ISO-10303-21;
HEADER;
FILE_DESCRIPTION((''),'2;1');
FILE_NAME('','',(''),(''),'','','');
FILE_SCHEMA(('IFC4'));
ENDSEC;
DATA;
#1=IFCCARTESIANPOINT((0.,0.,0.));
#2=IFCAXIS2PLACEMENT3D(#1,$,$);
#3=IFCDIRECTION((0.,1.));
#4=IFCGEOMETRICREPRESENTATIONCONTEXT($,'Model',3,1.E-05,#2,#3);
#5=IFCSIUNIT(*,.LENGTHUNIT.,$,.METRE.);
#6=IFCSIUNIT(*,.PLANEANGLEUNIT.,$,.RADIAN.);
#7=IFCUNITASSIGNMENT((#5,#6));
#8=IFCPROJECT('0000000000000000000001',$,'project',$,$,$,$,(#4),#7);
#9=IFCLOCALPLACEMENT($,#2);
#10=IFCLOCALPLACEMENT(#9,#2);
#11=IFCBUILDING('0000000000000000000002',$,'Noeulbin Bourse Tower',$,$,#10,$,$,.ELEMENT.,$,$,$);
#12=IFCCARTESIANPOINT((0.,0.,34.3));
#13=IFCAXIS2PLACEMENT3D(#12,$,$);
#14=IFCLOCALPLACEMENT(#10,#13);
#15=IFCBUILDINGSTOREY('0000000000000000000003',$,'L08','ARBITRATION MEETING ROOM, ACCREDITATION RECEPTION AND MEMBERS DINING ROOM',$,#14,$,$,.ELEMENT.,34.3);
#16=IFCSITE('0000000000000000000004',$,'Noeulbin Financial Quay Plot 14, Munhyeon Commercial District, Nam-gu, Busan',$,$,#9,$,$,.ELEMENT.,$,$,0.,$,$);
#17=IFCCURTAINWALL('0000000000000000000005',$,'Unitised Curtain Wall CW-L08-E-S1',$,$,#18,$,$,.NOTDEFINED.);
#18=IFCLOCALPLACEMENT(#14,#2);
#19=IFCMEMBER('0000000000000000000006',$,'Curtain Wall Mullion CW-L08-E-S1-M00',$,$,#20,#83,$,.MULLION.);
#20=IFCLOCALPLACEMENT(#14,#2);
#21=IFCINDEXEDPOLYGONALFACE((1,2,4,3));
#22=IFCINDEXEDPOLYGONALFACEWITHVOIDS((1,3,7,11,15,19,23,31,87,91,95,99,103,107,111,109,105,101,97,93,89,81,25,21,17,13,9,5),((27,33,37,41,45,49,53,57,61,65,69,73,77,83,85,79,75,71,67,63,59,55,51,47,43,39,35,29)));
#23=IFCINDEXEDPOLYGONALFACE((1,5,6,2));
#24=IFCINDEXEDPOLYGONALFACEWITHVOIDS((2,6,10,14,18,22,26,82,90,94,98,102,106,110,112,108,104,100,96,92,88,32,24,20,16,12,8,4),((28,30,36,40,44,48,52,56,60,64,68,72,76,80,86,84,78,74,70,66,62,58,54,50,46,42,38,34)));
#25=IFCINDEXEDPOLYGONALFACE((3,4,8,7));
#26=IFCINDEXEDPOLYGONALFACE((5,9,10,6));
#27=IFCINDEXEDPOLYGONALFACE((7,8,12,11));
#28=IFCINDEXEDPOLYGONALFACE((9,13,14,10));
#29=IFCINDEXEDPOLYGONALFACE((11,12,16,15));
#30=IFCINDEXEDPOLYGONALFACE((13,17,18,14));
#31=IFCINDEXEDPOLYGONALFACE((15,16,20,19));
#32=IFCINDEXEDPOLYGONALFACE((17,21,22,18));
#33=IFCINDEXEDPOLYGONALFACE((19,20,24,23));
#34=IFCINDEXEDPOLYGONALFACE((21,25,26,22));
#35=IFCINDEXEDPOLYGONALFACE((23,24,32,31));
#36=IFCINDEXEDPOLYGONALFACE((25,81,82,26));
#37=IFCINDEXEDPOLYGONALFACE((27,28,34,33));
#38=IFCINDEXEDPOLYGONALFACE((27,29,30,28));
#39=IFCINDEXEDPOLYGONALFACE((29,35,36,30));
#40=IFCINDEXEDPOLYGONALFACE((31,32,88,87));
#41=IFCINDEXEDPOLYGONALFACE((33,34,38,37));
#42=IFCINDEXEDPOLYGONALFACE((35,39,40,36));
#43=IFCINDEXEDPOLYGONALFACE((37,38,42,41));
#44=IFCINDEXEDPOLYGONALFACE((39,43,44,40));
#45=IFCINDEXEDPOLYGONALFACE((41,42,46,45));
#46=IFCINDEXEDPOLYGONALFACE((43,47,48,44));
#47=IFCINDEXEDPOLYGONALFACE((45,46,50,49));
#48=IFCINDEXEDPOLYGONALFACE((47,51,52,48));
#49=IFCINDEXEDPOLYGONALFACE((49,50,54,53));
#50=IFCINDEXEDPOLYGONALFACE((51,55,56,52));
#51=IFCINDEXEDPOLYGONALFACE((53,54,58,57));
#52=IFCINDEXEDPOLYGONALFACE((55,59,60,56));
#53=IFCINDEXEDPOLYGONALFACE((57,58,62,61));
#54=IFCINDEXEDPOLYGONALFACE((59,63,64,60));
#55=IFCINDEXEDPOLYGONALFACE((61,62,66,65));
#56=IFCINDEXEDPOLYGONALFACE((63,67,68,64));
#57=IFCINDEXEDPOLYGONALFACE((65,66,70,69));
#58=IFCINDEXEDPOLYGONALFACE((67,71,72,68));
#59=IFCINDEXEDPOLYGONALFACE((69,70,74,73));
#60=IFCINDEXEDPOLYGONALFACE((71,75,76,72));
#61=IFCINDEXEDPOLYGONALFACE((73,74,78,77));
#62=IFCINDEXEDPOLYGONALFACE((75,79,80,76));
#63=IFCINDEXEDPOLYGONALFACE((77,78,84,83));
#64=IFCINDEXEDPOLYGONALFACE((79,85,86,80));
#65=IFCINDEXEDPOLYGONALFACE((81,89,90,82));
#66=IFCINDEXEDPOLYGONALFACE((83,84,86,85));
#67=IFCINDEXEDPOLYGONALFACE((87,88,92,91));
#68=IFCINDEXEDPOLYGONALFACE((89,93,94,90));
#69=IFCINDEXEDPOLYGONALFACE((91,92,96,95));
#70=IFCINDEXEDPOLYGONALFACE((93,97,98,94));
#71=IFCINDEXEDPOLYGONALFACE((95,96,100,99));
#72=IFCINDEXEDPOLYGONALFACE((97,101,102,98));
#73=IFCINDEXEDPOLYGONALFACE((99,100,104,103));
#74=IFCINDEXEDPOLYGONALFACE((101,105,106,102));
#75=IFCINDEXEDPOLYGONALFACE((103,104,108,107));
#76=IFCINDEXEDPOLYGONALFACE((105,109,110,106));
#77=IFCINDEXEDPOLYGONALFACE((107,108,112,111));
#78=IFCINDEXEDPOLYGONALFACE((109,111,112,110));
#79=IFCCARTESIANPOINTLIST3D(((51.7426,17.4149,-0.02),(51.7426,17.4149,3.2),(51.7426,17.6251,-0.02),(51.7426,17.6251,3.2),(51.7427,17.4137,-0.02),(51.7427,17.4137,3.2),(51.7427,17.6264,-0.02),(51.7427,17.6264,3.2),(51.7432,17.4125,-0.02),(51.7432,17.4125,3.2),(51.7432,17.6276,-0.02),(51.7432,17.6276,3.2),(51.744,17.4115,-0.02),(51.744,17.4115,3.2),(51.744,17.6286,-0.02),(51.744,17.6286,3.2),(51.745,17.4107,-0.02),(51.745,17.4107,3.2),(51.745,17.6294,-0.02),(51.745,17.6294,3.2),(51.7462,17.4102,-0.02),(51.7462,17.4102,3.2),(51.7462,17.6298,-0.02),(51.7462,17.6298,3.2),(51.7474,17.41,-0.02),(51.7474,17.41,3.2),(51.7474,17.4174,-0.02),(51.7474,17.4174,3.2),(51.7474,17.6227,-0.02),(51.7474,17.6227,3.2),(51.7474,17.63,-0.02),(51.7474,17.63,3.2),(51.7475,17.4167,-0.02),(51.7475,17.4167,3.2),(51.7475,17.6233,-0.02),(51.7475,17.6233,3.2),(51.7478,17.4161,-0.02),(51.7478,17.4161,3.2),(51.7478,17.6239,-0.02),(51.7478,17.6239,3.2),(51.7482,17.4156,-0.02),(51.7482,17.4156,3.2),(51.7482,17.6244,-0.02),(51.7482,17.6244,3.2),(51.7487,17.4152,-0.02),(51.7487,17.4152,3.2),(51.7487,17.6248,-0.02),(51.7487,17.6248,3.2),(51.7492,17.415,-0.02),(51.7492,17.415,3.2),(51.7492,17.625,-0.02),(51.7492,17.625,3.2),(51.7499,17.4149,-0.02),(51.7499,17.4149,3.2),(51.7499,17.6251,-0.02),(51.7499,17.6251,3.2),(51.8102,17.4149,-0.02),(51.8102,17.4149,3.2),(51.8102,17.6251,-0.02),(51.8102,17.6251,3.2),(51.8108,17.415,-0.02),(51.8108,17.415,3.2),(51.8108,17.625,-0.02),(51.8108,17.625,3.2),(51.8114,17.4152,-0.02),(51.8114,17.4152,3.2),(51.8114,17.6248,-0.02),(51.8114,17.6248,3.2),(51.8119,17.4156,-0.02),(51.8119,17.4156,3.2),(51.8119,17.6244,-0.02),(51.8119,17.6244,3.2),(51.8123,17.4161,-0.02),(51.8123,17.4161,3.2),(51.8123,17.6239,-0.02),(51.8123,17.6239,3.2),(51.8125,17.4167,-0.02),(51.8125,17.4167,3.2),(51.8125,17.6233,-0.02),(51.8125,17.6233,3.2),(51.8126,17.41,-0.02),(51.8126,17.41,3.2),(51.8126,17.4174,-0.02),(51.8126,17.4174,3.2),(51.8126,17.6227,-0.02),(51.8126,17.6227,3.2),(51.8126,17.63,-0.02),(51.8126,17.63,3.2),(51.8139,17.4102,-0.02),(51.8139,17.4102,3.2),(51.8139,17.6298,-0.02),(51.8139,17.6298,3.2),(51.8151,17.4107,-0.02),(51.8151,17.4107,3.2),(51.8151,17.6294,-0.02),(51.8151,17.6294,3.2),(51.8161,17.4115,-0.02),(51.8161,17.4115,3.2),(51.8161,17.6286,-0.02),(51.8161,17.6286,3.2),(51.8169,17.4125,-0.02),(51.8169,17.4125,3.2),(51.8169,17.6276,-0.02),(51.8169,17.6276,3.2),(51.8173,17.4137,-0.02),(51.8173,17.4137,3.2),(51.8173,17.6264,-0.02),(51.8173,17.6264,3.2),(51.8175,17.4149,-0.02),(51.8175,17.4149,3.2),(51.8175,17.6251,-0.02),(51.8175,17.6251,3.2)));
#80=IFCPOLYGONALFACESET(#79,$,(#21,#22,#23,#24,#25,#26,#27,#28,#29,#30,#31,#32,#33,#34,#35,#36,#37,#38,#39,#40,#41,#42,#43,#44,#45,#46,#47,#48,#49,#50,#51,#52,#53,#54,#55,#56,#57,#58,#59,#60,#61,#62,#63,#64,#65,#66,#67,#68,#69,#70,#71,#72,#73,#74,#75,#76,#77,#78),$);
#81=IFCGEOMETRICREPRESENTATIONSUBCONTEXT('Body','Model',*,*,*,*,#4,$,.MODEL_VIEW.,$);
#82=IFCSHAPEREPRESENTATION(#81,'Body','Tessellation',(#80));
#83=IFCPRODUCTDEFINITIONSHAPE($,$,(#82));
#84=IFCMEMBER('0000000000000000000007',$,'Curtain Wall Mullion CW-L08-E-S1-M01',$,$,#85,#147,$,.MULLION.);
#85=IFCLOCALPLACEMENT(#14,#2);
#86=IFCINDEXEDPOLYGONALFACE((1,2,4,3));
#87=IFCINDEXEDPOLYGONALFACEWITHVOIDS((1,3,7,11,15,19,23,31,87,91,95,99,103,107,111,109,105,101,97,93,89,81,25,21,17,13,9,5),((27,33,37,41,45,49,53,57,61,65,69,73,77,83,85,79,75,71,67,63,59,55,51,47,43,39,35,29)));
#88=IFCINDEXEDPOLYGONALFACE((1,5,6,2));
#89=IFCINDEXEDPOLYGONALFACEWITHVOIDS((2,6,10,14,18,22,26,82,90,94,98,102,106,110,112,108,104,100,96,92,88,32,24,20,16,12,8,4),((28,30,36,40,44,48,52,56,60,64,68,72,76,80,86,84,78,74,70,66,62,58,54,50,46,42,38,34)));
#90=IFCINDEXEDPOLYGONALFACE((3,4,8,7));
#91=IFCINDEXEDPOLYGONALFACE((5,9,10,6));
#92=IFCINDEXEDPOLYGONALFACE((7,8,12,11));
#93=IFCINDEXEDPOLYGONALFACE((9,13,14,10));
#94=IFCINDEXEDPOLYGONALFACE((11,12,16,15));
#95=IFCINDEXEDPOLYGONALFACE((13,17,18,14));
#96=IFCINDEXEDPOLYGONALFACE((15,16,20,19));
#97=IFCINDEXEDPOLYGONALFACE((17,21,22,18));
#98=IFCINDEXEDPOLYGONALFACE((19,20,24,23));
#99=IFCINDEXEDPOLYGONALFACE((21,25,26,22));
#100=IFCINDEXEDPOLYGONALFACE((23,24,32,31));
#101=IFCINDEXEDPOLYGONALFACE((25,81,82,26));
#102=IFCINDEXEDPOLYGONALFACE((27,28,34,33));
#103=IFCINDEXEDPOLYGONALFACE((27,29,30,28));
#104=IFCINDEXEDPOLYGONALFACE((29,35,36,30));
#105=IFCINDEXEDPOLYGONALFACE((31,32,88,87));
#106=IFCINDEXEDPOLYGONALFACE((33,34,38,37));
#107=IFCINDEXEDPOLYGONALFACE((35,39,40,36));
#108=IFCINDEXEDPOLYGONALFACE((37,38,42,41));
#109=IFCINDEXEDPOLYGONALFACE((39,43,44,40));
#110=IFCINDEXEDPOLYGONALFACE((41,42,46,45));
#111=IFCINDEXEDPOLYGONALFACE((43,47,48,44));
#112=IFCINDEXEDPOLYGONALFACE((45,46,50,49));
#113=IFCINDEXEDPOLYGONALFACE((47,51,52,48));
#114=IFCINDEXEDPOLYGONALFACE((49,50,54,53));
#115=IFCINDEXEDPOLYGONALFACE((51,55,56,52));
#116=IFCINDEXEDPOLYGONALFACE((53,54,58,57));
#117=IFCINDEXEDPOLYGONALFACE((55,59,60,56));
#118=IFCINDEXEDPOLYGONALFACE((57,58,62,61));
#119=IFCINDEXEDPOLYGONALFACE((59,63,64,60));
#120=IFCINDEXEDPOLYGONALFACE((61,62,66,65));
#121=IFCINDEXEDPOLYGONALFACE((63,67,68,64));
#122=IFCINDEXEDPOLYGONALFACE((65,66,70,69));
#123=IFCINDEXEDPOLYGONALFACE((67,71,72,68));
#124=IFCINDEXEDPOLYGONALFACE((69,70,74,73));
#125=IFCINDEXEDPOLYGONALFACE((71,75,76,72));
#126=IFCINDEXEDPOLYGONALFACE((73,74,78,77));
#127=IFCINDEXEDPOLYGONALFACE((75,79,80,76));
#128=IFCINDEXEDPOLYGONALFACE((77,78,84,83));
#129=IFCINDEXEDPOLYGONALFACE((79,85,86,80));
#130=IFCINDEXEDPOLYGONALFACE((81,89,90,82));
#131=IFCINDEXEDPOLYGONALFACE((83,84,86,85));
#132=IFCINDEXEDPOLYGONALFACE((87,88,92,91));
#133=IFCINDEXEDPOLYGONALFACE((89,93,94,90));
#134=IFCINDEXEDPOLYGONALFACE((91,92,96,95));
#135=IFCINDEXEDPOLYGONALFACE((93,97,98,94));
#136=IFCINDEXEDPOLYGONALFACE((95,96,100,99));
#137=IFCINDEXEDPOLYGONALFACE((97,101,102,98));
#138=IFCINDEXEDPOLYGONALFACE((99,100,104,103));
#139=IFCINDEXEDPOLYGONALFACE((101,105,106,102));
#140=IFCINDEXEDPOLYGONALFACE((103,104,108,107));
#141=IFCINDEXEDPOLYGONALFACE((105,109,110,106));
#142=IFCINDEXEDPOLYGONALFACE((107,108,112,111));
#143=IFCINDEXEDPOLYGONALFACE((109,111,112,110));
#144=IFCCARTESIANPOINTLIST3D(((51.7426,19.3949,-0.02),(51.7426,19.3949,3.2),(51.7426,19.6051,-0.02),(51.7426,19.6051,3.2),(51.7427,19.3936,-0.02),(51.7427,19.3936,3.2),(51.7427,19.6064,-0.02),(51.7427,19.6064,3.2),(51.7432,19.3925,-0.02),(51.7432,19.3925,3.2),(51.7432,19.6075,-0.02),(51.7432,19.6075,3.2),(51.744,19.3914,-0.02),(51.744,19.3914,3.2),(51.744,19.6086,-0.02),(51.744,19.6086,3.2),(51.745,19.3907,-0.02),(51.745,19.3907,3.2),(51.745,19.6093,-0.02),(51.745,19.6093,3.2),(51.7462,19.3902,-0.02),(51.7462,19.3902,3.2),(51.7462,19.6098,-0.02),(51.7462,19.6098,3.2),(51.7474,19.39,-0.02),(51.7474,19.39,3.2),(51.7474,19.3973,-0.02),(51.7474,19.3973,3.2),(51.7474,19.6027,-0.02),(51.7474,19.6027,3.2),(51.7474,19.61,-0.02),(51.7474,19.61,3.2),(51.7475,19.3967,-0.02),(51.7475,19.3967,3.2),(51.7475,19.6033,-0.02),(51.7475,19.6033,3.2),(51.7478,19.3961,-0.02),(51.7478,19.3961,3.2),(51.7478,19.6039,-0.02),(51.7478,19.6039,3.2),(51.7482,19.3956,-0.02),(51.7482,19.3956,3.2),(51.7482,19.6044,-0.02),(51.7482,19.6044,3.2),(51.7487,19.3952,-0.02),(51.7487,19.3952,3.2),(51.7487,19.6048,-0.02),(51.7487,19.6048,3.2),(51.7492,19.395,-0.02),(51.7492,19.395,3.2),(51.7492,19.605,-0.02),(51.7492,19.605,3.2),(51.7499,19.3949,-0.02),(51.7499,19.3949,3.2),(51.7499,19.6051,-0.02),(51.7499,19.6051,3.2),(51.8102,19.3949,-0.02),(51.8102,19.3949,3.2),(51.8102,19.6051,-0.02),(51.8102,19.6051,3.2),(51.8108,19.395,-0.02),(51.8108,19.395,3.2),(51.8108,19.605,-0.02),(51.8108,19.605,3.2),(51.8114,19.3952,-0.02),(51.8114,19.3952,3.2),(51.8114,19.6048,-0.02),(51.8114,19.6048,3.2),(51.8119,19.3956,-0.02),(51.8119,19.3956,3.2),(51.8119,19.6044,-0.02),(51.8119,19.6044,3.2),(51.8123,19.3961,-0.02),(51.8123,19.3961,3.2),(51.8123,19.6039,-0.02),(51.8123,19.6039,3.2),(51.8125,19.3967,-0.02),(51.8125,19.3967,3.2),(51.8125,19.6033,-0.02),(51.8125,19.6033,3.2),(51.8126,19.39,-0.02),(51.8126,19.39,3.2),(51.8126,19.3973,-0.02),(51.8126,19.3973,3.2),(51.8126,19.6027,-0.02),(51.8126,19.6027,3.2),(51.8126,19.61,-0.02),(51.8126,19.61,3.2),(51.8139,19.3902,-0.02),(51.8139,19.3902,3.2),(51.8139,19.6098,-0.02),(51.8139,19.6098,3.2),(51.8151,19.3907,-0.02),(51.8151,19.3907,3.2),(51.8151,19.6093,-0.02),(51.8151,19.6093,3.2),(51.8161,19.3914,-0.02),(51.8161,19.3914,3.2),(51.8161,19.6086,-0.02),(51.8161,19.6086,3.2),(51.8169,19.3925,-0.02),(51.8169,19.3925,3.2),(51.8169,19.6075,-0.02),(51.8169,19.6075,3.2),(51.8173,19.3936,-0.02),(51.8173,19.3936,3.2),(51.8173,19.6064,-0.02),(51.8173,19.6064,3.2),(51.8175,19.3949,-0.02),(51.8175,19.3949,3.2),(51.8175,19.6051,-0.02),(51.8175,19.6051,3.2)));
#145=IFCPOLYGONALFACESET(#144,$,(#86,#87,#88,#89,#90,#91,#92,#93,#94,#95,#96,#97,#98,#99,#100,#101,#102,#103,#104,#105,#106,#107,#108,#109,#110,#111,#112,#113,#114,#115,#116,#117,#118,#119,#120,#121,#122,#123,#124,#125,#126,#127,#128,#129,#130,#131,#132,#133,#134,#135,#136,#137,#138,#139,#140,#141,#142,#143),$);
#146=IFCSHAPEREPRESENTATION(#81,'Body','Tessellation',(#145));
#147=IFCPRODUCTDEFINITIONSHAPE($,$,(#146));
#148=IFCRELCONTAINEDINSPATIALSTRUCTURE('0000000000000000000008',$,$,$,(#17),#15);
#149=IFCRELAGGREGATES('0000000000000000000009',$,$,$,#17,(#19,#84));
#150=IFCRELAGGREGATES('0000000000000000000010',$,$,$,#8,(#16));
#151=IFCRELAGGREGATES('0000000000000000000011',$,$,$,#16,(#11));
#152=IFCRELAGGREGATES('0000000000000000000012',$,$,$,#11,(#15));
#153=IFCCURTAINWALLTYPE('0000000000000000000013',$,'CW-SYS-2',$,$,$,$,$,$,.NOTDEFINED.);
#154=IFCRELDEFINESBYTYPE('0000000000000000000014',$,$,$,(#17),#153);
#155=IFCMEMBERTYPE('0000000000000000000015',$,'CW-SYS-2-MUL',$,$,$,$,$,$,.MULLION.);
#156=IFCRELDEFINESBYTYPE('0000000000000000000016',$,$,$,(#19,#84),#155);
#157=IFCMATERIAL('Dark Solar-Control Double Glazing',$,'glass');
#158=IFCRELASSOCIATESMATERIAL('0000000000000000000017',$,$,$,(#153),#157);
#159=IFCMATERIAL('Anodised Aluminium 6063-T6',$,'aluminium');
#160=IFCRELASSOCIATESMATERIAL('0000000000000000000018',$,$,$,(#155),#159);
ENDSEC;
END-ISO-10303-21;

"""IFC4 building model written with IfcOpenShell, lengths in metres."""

from ifc_helpers import new_model, si_unit, direction, frame, origin, origin_2d, place, context, subcontext, project, spatial, hollow_rectangle, extrude, material, material_profile, profile_set, type_object, element, aggregate, save


model = new_model("IFC4")

# Units and contexts
model_context = context("Model", 3, precision=1e-05, world=origin(), true_north=direction((0.0, 1.0)))
body_context = subcontext(model_context, "Body", "Model", "MODEL_VIEW")
ifc_project = project(units=[si_unit("LENGTHUNIT", "METRE"), si_unit("PLANEANGLEUNIT", "RADIAN")], contexts=[model_context])

# Site, building, storey
site_placement = place(None, origin())
site = spatial("IfcSite", under=ifc_project, at=site_placement, Name="Noeulbin Financial Quay Plot 14, Munhyeon Commercial District, Nam-gu, Busan", CompositionType="ELEMENT", RefElevation=0.0)
building_placement = place(site_placement, origin())
building = spatial("IfcBuilding", under=site, at=building_placement, Name="Noeulbin Bourse Tower", CompositionType="ELEMENT")
storey_placement = place(building_placement, frame((0.0, 0.0, 34.3)))
storey = spatial("IfcBuildingStorey", under=building, at=storey_placement, Name="L08", Description="ARBITRATION MEETING ROOM, ACCREDITATION RECEPTION AND MEMBERS DINING ROOM", CompositionType="ELEMENT", Elevation=34.3)

# Curtain wall, members
ifc_material_1 = material(Name="Dark Solar-Control Double Glazing", Category="glass")
curtain_wall_type = type_object("IfcCurtainWallType", Name="CW-SYS-2", PredefinedType="NOTDEFINED", material=ifc_material_1)
ifc_material_2 = material(Name="Anodised Aluminium 6063-T6", Category="aluminium")
ifc_material_profile_1 = material_profile(ifc_material_2, hollow_rectangle(XDim=0.075, YDim=0.22, WallThickness=0.0049, InnerFilletRadius=0.0024, OuterFilletRadius=0.0049, at=origin_2d()), Name="ALU-MULL-75x220x5", Category="LoadBearing")
ifc_profile_set_1 = profile_set([ifc_material_profile_1], Name="Anodised Aluminium 6063-T6")
member_type_1 = type_object("IfcMemberType", Name="CW-SYS-2-MUL", PredefinedType="MULLION", material=ifc_profile_set_1)
curtain_wall_1_placement = place(storey_placement, origin())
curtain_wall_1 = element("IfcCurtainWall", 1, at=curtain_wall_1_placement, inside=storey, type_object=curtain_wall_type, Name="Unitised Curtain Wall CW-L08-E-S1", PredefinedType="NOTDEFINED")
member_1_placement = place(storey_placement, frame((51.78, 17.52, -0.02), z_axis=(0.0, 0.0, 1.0), x_axis=(1.0, 0.0, 0.0)))
member_1 = element("IfcMember", 2, at=member_1_placement, type_object=member_type_1, Name="Curtain Wall Mullion CW-L08-E-S1-M00", PredefinedType="MULLION", context=body_context, shape_type="SweptSolid", body=[
    extrude(hollow_rectangle(XDim=0.075, YDim=0.22, WallThickness=0.0049, InnerFilletRadius=0.0024, OuterFilletRadius=0.0049, at=origin_2d()), origin(), (0.0, 0.0, 1.0), 3.22),
])
member_2_placement = place(storey_placement, frame((51.78, 19.5, -0.02), z_axis=(0.0, 0.0, 1.0), x_axis=(1.0, 0.0, 0.0)))
member_2 = element("IfcMember", 3, at=member_2_placement, type_object=member_type_1, Name="Curtain Wall Mullion CW-L08-E-S1-M01", PredefinedType="MULLION", context=body_context, shape_type="SweptSolid", body=[
    extrude(hollow_rectangle(XDim=0.075, YDim=0.22, WallThickness=0.0049, InnerFilletRadius=0.0024, OuterFilletRadius=0.0049, at=origin_2d()), origin(), (0.0, 0.0, 1.0), 3.22),
])

aggregate(curtain_wall_1, [member_1, member_2])

save(model, "model.ifc")
